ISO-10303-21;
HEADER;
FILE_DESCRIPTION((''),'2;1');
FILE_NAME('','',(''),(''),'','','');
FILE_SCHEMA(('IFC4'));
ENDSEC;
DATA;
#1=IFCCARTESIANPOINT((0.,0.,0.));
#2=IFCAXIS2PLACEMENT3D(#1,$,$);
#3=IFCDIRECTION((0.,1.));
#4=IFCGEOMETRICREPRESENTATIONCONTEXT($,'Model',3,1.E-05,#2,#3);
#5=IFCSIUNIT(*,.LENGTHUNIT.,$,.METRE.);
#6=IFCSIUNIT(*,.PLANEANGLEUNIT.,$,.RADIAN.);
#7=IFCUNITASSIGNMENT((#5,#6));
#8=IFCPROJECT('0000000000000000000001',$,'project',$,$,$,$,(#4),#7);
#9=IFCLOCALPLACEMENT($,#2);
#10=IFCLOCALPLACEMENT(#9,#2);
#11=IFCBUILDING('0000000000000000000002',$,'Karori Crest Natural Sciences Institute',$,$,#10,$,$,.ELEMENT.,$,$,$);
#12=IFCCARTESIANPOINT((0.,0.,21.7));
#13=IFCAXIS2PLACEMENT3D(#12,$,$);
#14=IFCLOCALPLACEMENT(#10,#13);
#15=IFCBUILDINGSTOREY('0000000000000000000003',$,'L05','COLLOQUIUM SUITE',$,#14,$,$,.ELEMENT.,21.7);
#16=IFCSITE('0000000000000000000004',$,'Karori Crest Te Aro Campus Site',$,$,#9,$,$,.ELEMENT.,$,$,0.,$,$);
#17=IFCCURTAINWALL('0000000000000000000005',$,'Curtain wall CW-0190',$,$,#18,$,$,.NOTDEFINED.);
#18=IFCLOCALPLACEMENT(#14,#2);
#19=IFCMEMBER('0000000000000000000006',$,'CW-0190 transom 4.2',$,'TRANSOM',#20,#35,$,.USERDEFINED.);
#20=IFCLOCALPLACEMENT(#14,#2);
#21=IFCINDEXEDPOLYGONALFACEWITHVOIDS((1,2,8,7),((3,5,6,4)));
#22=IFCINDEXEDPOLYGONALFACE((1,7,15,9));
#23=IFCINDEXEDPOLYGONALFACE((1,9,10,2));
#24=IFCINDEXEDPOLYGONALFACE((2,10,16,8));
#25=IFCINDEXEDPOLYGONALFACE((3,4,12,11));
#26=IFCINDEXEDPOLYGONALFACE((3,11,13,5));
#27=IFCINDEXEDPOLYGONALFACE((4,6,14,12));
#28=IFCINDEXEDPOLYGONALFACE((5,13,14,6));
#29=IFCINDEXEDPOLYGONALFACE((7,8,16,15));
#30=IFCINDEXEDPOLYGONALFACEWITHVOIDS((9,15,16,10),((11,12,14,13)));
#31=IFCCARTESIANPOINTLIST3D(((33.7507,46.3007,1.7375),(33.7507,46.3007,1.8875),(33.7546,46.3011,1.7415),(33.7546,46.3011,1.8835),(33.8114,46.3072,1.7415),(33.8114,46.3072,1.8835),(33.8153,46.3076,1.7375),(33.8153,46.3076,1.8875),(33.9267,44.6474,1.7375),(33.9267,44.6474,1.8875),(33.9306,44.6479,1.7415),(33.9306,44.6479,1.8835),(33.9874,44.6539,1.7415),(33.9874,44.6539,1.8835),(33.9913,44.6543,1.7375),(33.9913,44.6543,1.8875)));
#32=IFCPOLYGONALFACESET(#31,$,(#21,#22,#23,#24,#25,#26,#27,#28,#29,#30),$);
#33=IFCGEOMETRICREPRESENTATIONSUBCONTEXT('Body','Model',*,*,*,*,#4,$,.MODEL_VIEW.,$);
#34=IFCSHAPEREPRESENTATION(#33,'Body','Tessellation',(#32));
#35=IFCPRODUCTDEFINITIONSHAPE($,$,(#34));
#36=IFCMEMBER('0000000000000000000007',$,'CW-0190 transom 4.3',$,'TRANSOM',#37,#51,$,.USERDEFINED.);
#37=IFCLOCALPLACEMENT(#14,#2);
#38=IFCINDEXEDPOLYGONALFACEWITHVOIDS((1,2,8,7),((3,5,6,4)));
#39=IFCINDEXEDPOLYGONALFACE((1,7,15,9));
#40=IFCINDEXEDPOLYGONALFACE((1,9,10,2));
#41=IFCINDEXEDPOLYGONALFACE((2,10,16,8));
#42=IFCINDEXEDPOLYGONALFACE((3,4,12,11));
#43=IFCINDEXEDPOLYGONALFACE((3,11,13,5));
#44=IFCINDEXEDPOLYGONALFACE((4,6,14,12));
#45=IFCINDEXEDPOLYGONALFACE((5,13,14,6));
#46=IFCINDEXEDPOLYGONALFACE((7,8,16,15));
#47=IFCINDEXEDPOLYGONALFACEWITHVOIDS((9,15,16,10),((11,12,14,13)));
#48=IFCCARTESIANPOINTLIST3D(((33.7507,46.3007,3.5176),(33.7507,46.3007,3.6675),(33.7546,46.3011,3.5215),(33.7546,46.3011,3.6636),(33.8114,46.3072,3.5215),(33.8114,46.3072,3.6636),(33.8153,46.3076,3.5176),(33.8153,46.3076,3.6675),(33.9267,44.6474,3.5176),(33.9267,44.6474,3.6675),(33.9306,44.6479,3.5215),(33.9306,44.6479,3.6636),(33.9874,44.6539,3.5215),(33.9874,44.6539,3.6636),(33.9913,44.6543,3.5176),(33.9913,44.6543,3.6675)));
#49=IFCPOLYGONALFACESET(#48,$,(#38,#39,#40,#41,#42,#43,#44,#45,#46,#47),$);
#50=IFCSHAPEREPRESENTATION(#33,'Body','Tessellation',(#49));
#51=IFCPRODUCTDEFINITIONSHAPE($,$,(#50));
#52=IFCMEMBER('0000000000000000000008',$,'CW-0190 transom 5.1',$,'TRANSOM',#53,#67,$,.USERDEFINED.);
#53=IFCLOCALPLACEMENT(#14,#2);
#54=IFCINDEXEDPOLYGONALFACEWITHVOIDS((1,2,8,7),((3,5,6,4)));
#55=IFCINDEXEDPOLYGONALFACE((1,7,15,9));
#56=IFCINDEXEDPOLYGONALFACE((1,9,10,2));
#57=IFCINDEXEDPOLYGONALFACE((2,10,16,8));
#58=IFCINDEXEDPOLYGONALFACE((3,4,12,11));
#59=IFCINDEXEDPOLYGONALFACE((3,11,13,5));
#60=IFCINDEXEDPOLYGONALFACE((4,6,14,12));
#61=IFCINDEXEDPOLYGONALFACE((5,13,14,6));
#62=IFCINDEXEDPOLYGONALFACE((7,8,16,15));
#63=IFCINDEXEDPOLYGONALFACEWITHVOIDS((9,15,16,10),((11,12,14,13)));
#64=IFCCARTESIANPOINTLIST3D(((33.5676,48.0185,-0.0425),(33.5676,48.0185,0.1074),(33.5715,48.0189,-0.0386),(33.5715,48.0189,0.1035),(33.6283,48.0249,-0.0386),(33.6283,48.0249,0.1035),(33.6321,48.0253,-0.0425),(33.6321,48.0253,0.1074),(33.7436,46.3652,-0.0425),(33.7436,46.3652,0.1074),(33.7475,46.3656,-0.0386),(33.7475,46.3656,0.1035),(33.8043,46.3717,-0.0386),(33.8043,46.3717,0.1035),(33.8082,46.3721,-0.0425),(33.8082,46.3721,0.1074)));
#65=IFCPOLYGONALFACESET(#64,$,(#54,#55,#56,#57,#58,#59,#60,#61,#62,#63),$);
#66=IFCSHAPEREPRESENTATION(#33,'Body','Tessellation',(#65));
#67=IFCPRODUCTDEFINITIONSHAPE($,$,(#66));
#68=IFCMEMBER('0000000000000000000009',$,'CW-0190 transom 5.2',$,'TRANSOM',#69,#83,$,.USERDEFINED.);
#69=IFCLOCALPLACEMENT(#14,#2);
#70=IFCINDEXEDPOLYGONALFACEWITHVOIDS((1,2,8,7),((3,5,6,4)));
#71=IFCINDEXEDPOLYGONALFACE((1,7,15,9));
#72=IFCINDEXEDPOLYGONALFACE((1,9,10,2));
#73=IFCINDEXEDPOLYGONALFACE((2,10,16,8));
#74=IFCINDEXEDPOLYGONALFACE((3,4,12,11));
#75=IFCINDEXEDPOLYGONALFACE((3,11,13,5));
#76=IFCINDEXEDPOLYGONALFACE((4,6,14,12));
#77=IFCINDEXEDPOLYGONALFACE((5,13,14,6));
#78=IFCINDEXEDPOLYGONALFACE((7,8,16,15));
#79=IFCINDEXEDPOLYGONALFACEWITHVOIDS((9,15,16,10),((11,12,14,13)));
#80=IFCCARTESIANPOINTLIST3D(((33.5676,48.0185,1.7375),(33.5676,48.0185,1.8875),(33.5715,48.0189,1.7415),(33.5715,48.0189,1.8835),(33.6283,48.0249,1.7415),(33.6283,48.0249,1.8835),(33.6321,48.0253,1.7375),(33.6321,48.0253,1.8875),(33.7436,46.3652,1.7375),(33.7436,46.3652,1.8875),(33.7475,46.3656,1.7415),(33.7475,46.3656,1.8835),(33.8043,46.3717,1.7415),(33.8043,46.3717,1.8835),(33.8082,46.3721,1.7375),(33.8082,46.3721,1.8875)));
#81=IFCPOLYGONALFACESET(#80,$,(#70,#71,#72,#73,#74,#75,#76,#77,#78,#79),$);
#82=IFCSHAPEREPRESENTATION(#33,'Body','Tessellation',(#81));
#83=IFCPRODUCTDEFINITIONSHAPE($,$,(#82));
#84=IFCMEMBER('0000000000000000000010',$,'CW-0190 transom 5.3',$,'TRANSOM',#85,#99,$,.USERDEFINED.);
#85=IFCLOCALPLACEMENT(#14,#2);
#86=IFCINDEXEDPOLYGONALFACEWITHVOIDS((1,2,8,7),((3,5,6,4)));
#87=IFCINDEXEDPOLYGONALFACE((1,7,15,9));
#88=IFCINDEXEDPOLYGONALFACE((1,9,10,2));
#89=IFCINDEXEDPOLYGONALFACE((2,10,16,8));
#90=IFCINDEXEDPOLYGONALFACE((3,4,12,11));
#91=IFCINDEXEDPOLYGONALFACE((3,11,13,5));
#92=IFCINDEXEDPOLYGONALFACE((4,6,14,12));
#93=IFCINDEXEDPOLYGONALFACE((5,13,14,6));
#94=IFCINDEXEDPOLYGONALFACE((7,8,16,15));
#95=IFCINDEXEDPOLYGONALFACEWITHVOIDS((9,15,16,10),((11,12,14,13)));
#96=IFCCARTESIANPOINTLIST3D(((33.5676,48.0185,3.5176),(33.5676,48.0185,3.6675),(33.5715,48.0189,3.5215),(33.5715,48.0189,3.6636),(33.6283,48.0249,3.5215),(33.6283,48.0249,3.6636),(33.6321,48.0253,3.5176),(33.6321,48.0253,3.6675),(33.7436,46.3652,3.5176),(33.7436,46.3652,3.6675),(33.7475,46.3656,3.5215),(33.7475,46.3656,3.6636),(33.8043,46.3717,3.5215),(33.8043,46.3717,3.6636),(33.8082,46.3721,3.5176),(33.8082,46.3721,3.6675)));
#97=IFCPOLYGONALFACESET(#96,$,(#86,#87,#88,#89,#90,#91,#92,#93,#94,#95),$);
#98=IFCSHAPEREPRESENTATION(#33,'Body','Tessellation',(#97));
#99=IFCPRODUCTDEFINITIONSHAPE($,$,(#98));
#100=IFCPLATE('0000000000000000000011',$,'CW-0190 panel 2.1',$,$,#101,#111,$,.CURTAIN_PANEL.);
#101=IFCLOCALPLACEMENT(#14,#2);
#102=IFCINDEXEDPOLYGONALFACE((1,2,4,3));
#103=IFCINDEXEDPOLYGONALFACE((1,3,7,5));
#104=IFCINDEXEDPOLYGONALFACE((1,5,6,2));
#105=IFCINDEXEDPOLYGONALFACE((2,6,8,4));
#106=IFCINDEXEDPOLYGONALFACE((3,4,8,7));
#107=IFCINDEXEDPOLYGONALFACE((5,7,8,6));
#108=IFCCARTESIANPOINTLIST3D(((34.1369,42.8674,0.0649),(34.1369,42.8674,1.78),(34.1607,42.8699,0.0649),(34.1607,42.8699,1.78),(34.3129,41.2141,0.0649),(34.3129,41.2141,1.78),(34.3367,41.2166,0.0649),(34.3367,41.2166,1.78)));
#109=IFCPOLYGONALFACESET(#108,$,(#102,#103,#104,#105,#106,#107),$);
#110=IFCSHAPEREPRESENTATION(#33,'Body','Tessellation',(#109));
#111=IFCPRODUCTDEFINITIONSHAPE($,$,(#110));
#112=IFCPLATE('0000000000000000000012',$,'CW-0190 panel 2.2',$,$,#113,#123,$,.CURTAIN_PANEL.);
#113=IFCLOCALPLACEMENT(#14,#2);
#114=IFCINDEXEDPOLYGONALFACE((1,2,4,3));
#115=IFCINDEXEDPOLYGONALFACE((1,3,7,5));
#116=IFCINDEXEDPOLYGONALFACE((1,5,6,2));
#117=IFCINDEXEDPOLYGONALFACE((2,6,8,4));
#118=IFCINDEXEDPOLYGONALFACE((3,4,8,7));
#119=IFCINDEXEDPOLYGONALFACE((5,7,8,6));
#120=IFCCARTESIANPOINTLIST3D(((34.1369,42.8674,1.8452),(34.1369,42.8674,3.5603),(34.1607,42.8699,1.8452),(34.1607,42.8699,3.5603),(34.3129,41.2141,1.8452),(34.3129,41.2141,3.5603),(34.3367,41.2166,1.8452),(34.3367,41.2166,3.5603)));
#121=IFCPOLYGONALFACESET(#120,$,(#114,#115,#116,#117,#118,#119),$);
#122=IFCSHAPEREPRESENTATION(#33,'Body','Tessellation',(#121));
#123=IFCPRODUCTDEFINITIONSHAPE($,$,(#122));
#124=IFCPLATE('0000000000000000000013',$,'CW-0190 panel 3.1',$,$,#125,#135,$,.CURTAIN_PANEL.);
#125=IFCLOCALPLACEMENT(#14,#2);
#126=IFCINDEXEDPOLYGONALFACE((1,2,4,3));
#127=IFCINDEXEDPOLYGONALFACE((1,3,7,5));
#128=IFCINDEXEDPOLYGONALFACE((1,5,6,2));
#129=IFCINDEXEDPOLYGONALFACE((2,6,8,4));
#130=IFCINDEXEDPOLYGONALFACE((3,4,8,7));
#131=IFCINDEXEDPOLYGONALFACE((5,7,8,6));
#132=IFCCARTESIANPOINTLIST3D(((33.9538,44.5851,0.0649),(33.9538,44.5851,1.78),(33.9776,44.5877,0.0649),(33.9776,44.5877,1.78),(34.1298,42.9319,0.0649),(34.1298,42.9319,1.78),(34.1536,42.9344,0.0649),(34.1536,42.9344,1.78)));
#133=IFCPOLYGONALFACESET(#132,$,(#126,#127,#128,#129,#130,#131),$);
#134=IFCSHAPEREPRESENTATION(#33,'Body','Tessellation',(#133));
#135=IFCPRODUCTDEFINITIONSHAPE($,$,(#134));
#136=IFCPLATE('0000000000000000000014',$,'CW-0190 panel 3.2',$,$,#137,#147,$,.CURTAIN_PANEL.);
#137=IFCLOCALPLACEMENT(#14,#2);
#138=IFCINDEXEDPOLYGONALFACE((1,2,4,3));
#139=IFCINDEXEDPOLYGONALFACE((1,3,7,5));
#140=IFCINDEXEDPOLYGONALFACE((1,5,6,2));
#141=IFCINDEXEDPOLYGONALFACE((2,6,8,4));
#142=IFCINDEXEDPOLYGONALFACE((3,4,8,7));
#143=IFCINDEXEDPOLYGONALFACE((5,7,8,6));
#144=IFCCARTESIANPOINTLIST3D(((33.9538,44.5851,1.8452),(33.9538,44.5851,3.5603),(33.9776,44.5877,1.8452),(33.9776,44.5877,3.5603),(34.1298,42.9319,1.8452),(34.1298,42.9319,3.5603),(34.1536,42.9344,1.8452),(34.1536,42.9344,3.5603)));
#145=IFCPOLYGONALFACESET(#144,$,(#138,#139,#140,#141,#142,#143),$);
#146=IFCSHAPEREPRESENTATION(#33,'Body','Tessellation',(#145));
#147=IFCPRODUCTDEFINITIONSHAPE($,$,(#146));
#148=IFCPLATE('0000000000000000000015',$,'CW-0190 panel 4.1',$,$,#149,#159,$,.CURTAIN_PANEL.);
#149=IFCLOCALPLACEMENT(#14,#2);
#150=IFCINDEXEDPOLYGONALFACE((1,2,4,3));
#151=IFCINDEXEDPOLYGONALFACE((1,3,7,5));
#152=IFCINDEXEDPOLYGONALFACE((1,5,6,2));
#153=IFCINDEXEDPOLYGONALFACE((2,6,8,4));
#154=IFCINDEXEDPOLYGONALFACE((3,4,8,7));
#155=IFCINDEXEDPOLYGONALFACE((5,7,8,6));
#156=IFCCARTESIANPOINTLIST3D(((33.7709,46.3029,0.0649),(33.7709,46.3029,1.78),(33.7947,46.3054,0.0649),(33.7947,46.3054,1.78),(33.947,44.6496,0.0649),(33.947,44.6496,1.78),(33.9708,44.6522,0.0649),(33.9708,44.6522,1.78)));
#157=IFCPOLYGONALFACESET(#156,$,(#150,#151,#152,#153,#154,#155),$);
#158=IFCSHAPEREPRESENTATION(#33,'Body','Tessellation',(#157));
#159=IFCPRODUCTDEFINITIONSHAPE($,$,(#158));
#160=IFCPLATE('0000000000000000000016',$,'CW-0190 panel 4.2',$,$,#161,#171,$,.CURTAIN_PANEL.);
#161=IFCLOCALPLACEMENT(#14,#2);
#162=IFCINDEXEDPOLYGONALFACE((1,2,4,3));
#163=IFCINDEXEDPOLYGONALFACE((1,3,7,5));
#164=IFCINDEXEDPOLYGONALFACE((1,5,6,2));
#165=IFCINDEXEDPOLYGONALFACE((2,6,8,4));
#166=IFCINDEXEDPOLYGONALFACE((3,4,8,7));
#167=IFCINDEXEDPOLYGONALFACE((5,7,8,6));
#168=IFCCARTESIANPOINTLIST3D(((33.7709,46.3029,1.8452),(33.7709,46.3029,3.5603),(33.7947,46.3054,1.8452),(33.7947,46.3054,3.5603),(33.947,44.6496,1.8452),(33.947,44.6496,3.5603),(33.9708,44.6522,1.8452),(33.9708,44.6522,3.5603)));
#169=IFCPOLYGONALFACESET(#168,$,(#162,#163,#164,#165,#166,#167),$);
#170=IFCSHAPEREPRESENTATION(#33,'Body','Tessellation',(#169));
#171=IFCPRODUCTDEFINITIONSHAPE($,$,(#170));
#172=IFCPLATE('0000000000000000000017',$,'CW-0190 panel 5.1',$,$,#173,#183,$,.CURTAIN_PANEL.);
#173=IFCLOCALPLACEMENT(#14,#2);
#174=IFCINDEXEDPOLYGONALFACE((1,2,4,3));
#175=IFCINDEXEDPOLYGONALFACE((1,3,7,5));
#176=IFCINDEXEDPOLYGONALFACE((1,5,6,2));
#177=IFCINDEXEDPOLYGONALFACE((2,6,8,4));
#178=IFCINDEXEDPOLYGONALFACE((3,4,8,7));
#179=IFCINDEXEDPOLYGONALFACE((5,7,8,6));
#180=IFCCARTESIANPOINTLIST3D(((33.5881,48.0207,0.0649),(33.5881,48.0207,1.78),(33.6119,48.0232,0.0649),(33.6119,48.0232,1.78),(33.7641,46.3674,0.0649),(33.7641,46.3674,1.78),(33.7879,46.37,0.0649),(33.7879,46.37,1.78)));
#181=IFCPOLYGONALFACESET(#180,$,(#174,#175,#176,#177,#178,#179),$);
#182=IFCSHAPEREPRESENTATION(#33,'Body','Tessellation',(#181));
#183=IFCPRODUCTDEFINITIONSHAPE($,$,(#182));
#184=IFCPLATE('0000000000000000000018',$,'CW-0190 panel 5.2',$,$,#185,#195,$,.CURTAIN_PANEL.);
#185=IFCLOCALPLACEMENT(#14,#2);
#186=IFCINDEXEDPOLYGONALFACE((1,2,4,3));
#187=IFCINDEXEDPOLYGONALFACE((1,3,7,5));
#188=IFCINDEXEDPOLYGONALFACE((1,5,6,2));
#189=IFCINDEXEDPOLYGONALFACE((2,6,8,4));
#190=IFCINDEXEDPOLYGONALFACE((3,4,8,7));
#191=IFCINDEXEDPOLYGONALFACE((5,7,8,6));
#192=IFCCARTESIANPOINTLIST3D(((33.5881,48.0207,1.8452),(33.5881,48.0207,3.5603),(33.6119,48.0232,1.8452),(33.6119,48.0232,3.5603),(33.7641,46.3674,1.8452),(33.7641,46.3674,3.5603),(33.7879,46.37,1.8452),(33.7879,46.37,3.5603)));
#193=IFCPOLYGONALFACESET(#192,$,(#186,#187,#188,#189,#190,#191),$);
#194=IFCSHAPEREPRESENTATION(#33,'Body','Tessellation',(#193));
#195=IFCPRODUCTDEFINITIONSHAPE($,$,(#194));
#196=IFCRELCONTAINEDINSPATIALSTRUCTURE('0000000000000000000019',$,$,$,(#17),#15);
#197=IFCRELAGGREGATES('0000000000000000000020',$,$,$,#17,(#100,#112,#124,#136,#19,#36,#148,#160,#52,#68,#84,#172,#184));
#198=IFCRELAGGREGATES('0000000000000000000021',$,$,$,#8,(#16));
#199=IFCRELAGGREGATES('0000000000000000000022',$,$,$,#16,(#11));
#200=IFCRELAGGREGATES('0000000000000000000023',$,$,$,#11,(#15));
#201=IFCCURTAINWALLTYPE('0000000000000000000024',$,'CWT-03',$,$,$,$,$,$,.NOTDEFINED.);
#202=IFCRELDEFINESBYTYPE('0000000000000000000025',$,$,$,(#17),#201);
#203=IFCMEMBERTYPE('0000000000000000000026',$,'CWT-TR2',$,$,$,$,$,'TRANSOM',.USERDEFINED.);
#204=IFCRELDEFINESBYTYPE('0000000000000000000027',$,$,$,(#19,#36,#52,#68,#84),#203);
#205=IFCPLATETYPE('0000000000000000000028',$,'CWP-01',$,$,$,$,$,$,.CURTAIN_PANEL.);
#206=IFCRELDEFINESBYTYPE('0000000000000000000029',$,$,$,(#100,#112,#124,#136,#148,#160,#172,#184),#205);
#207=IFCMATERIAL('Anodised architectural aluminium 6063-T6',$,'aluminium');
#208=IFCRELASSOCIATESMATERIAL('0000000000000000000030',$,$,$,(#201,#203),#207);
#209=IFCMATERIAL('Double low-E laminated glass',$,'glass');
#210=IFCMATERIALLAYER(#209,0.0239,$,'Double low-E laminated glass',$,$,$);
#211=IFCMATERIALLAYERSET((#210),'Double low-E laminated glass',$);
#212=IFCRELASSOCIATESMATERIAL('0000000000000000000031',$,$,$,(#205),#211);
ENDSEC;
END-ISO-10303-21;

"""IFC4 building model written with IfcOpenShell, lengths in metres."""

from ifc_helpers import new_model, si_unit, direction, frame, origin, origin_2d, place, context, subcontext, project, spatial, rectangle, hollow_rectangle, extrude, material, layer, layer_set, material_profile, profile_set, type_object, element, aggregate, save


model = new_model("IFC4")

# Units and contexts
model_context = context("Model", 3, precision=1e-05, world=origin(), true_north=direction((0.0, 1.0)))
body_context = subcontext(model_context, "Body", "Model", "MODEL_VIEW")
ifc_project = project(units=[si_unit("LENGTHUNIT", "METRE"), si_unit("PLANEANGLEUNIT", "RADIAN")], contexts=[model_context])

# Site, building, storey
site_placement = place(None, origin())
site = spatial("IfcSite", under=ifc_project, at=site_placement, Name="Karori Crest Te Aro Campus Site", CompositionType="ELEMENT", RefElevation=0.0)
building_placement = place(site_placement, origin())
building = spatial("IfcBuilding", under=site, at=building_placement, Name="Karori Crest Natural Sciences Institute", CompositionType="ELEMENT")
storey_placement = place(building_placement, frame((0.0, 0.0, 21.7)))
storey = spatial("IfcBuildingStorey", under=building, at=storey_placement, Name="L05", Description="COLLOQUIUM SUITE", CompositionType="ELEMENT", Elevation=21.7)

# Curtain wall, members, plates
ifc_material_1 = material(Name="Anodised architectural aluminium 6063-T6", Category="aluminium")
curtain_wall_type = type_object("IfcCurtainWallType", Name="CWT-03", PredefinedType="NOTDEFINED", material=ifc_material_1)
curtain_wall_placement = place(storey_placement, origin())
curtain_wall = element("IfcCurtainWall", 1, at=curtain_wall_placement, inside=storey, type_object=curtain_wall_type, Name="Curtain wall CW-0190", PredefinedType="NOTDEFINED")
ifc_material_profile_1 = material_profile(ifc_material_1, hollow_rectangle(XDim=0.0649, YDim=0.1499, WallThickness=0.0039, at=origin_2d()), Name="CWT150x65x4")
ifc_profile_set_1 = profile_set([ifc_material_profile_1], Name="Anodised architectural aluminium 6063-T6")
member_type_1 = type_object("IfcMemberType", Name="CWT-TR2", ElementType="TRANSOM", PredefinedType="USERDEFINED", material=ifc_profile_set_1)
member_1_placement = place(storey_placement, frame((33.959, 44.6509, 1.8125), z_axis=(-0.105869, 0.99438, 0.0), x_axis=(-0.99438, -0.105869, 0.0)))
member_1 = element("IfcMember", 2, at=member_1_placement, type_object=member_type_1, Name="CW-0190 transom 4.2", ObjectType="TRANSOM", PredefinedType="USERDEFINED", context=body_context, shape_type="SweptSolid", body=[
    extrude(hollow_rectangle(XDim=0.0649, YDim=0.1499, WallThickness=0.0039, at=origin_2d()), origin(), (0.0, 0.0, 1.0), 1.6626),
])
member_2_placement = place(storey_placement, frame((33.959, 44.6509, 3.5925), z_axis=(-0.105869, 0.99438, 0.0), x_axis=(-0.99438, -0.105869, 0.0)))
member_2 = element("IfcMember", 3, at=member_2_placement, type_object=member_type_1, Name="CW-0190 transom 4.3", ObjectType="TRANSOM", PredefinedType="USERDEFINED", context=body_context, shape_type="SweptSolid", body=[
    extrude(hollow_rectangle(XDim=0.0649, YDim=0.1499, WallThickness=0.0039, at=origin_2d()), origin(), (0.0, 0.0, 1.0), 1.6626),
])
member_3_placement = place(storey_placement, frame((33.7759, 46.3687, 0.0325), z_axis=(-0.105869, 0.99438, 0.0), x_axis=(-0.99438, -0.105869, 0.0)))
member_3 = element("IfcMember", 4, at=member_3_placement, type_object=member_type_1, Name="CW-0190 transom 5.1", ObjectType="TRANSOM", PredefinedType="USERDEFINED", context=body_context, shape_type="SweptSolid", body=[
    extrude(hollow_rectangle(XDim=0.0649, YDim=0.1499, WallThickness=0.0039, at=origin_2d()), origin(), (0.0, 0.0, 1.0), 1.6626),
])
member_4_placement = place(storey_placement, frame((33.7759, 46.3687, 1.8125), z_axis=(-0.105869, 0.99438, 0.0), x_axis=(-0.99438, -0.105869, 0.0)))
member_4 = element("IfcMember", 5, at=member_4_placement, type_object=member_type_1, Name="CW-0190 transom 5.2", ObjectType="TRANSOM", PredefinedType="USERDEFINED", context=body_context, shape_type="SweptSolid", body=[
    extrude(hollow_rectangle(XDim=0.0649, YDim=0.1499, WallThickness=0.0039, at=origin_2d()), origin(), (0.0, 0.0, 1.0), 1.6626),
])
member_5_placement = place(storey_placement, frame((33.7759, 46.3687, 3.5925), z_axis=(-0.105869, 0.99438, 0.0), x_axis=(-0.99438, -0.105869, 0.0)))
member_5 = element("IfcMember", 6, at=member_5_placement, type_object=member_type_1, Name="CW-0190 transom 5.3", ObjectType="TRANSOM", PredefinedType="USERDEFINED", context=body_context, shape_type="SweptSolid", body=[
    extrude(hollow_rectangle(XDim=0.0649, YDim=0.1499, WallThickness=0.0039, at=origin_2d()), origin(), (0.0, 0.0, 1.0), 1.6626),
])
ifc_material_2 = material(Name="Double low-E laminated glass", Category="glass")
ifc_layer_1 = layer(ifc_material_2, 0.0239, Name="Double low-E laminated glass")
ifc_layer_set_1 = layer_set([ifc_layer_1], Name="Double low-E laminated glass")
plate_type = type_object("IfcPlateType", Name="CWP-01", PredefinedType="CURTAIN_PANEL", material=ifc_layer_set_1)
plate_1_placement = place(storey_placement, frame((34.2368, 42.042, 0.0649), z_axis=(0.0, 0.0, 1.0), x_axis=(-0.105884, 0.994378, 0.0)))
plate_1 = element("IfcPlate", 7, at=plate_1_placement, type_object=plate_type, Name="CW-0190 panel 2.1", PredefinedType="CURTAIN_PANEL", context=body_context, shape_type="SweptSolid", body=[
    extrude(rectangle(XDim=1.6626, YDim=0.0239, at=origin_2d()), origin(), (0.0, 0.0, 1.0), 1.7151),
])
plate_2_placement = place(storey_placement, frame((34.2368, 42.042, 1.8452), z_axis=(0.0, 0.0, 1.0), x_axis=(-0.105884, 0.994378, 0.0)))
plate_2 = element("IfcPlate", 8, at=plate_2_placement, type_object=plate_type, Name="CW-0190 panel 2.2", PredefinedType="CURTAIN_PANEL", context=body_context, shape_type="SweptSolid", body=[
    extrude(rectangle(XDim=1.6626, YDim=0.0239, at=origin_2d()), origin(), (0.0, 0.0, 1.0), 1.7151),
])
plate_3_placement = place(storey_placement, frame((34.0537, 43.7598, 0.0649), z_axis=(0.0, 0.0, 1.0), x_axis=(-0.105884, 0.994378, 0.0)))
plate_3 = element("IfcPlate", 9, at=plate_3_placement, type_object=plate_type, Name="CW-0190 panel 3.1", PredefinedType="CURTAIN_PANEL", context=body_context, shape_type="SweptSolid", body=[
    extrude(rectangle(XDim=1.6626, YDim=0.0239, at=origin_2d()), origin(), (0.0, 0.0, 1.0), 1.7151),
])
plate_4_placement = place(storey_placement, frame((34.0537, 43.7598, 1.8452), z_axis=(0.0, 0.0, 1.0), x_axis=(-0.105884, 0.994378, 0.0)))
plate_4 = element("IfcPlate", 10, at=plate_4_placement, type_object=plate_type, Name="CW-0190 panel 3.2", PredefinedType="CURTAIN_PANEL", context=body_context, shape_type="SweptSolid", body=[
    extrude(rectangle(XDim=1.6626, YDim=0.0239, at=origin_2d()), origin(), (0.0, 0.0, 1.0), 1.7151),
])
plate_5_placement = place(storey_placement, frame((33.8708, 45.4775, 0.0649), z_axis=(0.0, 0.0, 1.0), x_axis=(-0.105884, 0.994378, 0.0)))
plate_5 = element("IfcPlate", 11, at=plate_5_placement, type_object=plate_type, Name="CW-0190 panel 4.1", PredefinedType="CURTAIN_PANEL", context=body_context, shape_type="SweptSolid", body=[
    extrude(rectangle(XDim=1.6626, YDim=0.0239, at=origin_2d()), origin(), (0.0, 0.0, 1.0), 1.7151),
])
plate_6_placement = place(storey_placement, frame((33.8708, 45.4775, 1.8452), z_axis=(0.0, 0.0, 1.0), x_axis=(-0.105884, 0.994378, 0.0)))
plate_6 = element("IfcPlate", 12, at=plate_6_placement, type_object=plate_type, Name="CW-0190 panel 4.2", PredefinedType="CURTAIN_PANEL", context=body_context, shape_type="SweptSolid", body=[
    extrude(rectangle(XDim=1.6626, YDim=0.0239, at=origin_2d()), origin(), (0.0, 0.0, 1.0), 1.7151),
])
plate_7_placement = place(storey_placement, frame((33.688, 47.1953, 0.0649), z_axis=(0.0, 0.0, 1.0), x_axis=(-0.105884, 0.994378, 0.0)))
plate_7 = element("IfcPlate", 13, at=plate_7_placement, type_object=plate_type, Name="CW-0190 panel 5.1", PredefinedType="CURTAIN_PANEL", context=body_context, shape_type="SweptSolid", body=[
    extrude(rectangle(XDim=1.6626, YDim=0.0239, at=origin_2d()), origin(), (0.0, 0.0, 1.0), 1.7151),
])
plate_8_placement = place(storey_placement, frame((33.688, 47.1953, 1.8452), z_axis=(0.0, 0.0, 1.0), x_axis=(-0.105884, 0.994378, 0.0)))
plate_8 = element("IfcPlate", 14, at=plate_8_placement, type_object=plate_type, Name="CW-0190 panel 5.2", PredefinedType="CURTAIN_PANEL", context=body_context, shape_type="SweptSolid", body=[
    extrude(rectangle(XDim=1.6626, YDim=0.0239, at=origin_2d()), origin(), (0.0, 0.0, 1.0), 1.7151),
])
aggregate(curtain_wall, [plate_1, plate_2, plate_3, plate_4, member_1, member_2, plate_5, plate_6, member_3, member_4, member_5, plate_7, plate_8])

save(model, "model.ifc")
